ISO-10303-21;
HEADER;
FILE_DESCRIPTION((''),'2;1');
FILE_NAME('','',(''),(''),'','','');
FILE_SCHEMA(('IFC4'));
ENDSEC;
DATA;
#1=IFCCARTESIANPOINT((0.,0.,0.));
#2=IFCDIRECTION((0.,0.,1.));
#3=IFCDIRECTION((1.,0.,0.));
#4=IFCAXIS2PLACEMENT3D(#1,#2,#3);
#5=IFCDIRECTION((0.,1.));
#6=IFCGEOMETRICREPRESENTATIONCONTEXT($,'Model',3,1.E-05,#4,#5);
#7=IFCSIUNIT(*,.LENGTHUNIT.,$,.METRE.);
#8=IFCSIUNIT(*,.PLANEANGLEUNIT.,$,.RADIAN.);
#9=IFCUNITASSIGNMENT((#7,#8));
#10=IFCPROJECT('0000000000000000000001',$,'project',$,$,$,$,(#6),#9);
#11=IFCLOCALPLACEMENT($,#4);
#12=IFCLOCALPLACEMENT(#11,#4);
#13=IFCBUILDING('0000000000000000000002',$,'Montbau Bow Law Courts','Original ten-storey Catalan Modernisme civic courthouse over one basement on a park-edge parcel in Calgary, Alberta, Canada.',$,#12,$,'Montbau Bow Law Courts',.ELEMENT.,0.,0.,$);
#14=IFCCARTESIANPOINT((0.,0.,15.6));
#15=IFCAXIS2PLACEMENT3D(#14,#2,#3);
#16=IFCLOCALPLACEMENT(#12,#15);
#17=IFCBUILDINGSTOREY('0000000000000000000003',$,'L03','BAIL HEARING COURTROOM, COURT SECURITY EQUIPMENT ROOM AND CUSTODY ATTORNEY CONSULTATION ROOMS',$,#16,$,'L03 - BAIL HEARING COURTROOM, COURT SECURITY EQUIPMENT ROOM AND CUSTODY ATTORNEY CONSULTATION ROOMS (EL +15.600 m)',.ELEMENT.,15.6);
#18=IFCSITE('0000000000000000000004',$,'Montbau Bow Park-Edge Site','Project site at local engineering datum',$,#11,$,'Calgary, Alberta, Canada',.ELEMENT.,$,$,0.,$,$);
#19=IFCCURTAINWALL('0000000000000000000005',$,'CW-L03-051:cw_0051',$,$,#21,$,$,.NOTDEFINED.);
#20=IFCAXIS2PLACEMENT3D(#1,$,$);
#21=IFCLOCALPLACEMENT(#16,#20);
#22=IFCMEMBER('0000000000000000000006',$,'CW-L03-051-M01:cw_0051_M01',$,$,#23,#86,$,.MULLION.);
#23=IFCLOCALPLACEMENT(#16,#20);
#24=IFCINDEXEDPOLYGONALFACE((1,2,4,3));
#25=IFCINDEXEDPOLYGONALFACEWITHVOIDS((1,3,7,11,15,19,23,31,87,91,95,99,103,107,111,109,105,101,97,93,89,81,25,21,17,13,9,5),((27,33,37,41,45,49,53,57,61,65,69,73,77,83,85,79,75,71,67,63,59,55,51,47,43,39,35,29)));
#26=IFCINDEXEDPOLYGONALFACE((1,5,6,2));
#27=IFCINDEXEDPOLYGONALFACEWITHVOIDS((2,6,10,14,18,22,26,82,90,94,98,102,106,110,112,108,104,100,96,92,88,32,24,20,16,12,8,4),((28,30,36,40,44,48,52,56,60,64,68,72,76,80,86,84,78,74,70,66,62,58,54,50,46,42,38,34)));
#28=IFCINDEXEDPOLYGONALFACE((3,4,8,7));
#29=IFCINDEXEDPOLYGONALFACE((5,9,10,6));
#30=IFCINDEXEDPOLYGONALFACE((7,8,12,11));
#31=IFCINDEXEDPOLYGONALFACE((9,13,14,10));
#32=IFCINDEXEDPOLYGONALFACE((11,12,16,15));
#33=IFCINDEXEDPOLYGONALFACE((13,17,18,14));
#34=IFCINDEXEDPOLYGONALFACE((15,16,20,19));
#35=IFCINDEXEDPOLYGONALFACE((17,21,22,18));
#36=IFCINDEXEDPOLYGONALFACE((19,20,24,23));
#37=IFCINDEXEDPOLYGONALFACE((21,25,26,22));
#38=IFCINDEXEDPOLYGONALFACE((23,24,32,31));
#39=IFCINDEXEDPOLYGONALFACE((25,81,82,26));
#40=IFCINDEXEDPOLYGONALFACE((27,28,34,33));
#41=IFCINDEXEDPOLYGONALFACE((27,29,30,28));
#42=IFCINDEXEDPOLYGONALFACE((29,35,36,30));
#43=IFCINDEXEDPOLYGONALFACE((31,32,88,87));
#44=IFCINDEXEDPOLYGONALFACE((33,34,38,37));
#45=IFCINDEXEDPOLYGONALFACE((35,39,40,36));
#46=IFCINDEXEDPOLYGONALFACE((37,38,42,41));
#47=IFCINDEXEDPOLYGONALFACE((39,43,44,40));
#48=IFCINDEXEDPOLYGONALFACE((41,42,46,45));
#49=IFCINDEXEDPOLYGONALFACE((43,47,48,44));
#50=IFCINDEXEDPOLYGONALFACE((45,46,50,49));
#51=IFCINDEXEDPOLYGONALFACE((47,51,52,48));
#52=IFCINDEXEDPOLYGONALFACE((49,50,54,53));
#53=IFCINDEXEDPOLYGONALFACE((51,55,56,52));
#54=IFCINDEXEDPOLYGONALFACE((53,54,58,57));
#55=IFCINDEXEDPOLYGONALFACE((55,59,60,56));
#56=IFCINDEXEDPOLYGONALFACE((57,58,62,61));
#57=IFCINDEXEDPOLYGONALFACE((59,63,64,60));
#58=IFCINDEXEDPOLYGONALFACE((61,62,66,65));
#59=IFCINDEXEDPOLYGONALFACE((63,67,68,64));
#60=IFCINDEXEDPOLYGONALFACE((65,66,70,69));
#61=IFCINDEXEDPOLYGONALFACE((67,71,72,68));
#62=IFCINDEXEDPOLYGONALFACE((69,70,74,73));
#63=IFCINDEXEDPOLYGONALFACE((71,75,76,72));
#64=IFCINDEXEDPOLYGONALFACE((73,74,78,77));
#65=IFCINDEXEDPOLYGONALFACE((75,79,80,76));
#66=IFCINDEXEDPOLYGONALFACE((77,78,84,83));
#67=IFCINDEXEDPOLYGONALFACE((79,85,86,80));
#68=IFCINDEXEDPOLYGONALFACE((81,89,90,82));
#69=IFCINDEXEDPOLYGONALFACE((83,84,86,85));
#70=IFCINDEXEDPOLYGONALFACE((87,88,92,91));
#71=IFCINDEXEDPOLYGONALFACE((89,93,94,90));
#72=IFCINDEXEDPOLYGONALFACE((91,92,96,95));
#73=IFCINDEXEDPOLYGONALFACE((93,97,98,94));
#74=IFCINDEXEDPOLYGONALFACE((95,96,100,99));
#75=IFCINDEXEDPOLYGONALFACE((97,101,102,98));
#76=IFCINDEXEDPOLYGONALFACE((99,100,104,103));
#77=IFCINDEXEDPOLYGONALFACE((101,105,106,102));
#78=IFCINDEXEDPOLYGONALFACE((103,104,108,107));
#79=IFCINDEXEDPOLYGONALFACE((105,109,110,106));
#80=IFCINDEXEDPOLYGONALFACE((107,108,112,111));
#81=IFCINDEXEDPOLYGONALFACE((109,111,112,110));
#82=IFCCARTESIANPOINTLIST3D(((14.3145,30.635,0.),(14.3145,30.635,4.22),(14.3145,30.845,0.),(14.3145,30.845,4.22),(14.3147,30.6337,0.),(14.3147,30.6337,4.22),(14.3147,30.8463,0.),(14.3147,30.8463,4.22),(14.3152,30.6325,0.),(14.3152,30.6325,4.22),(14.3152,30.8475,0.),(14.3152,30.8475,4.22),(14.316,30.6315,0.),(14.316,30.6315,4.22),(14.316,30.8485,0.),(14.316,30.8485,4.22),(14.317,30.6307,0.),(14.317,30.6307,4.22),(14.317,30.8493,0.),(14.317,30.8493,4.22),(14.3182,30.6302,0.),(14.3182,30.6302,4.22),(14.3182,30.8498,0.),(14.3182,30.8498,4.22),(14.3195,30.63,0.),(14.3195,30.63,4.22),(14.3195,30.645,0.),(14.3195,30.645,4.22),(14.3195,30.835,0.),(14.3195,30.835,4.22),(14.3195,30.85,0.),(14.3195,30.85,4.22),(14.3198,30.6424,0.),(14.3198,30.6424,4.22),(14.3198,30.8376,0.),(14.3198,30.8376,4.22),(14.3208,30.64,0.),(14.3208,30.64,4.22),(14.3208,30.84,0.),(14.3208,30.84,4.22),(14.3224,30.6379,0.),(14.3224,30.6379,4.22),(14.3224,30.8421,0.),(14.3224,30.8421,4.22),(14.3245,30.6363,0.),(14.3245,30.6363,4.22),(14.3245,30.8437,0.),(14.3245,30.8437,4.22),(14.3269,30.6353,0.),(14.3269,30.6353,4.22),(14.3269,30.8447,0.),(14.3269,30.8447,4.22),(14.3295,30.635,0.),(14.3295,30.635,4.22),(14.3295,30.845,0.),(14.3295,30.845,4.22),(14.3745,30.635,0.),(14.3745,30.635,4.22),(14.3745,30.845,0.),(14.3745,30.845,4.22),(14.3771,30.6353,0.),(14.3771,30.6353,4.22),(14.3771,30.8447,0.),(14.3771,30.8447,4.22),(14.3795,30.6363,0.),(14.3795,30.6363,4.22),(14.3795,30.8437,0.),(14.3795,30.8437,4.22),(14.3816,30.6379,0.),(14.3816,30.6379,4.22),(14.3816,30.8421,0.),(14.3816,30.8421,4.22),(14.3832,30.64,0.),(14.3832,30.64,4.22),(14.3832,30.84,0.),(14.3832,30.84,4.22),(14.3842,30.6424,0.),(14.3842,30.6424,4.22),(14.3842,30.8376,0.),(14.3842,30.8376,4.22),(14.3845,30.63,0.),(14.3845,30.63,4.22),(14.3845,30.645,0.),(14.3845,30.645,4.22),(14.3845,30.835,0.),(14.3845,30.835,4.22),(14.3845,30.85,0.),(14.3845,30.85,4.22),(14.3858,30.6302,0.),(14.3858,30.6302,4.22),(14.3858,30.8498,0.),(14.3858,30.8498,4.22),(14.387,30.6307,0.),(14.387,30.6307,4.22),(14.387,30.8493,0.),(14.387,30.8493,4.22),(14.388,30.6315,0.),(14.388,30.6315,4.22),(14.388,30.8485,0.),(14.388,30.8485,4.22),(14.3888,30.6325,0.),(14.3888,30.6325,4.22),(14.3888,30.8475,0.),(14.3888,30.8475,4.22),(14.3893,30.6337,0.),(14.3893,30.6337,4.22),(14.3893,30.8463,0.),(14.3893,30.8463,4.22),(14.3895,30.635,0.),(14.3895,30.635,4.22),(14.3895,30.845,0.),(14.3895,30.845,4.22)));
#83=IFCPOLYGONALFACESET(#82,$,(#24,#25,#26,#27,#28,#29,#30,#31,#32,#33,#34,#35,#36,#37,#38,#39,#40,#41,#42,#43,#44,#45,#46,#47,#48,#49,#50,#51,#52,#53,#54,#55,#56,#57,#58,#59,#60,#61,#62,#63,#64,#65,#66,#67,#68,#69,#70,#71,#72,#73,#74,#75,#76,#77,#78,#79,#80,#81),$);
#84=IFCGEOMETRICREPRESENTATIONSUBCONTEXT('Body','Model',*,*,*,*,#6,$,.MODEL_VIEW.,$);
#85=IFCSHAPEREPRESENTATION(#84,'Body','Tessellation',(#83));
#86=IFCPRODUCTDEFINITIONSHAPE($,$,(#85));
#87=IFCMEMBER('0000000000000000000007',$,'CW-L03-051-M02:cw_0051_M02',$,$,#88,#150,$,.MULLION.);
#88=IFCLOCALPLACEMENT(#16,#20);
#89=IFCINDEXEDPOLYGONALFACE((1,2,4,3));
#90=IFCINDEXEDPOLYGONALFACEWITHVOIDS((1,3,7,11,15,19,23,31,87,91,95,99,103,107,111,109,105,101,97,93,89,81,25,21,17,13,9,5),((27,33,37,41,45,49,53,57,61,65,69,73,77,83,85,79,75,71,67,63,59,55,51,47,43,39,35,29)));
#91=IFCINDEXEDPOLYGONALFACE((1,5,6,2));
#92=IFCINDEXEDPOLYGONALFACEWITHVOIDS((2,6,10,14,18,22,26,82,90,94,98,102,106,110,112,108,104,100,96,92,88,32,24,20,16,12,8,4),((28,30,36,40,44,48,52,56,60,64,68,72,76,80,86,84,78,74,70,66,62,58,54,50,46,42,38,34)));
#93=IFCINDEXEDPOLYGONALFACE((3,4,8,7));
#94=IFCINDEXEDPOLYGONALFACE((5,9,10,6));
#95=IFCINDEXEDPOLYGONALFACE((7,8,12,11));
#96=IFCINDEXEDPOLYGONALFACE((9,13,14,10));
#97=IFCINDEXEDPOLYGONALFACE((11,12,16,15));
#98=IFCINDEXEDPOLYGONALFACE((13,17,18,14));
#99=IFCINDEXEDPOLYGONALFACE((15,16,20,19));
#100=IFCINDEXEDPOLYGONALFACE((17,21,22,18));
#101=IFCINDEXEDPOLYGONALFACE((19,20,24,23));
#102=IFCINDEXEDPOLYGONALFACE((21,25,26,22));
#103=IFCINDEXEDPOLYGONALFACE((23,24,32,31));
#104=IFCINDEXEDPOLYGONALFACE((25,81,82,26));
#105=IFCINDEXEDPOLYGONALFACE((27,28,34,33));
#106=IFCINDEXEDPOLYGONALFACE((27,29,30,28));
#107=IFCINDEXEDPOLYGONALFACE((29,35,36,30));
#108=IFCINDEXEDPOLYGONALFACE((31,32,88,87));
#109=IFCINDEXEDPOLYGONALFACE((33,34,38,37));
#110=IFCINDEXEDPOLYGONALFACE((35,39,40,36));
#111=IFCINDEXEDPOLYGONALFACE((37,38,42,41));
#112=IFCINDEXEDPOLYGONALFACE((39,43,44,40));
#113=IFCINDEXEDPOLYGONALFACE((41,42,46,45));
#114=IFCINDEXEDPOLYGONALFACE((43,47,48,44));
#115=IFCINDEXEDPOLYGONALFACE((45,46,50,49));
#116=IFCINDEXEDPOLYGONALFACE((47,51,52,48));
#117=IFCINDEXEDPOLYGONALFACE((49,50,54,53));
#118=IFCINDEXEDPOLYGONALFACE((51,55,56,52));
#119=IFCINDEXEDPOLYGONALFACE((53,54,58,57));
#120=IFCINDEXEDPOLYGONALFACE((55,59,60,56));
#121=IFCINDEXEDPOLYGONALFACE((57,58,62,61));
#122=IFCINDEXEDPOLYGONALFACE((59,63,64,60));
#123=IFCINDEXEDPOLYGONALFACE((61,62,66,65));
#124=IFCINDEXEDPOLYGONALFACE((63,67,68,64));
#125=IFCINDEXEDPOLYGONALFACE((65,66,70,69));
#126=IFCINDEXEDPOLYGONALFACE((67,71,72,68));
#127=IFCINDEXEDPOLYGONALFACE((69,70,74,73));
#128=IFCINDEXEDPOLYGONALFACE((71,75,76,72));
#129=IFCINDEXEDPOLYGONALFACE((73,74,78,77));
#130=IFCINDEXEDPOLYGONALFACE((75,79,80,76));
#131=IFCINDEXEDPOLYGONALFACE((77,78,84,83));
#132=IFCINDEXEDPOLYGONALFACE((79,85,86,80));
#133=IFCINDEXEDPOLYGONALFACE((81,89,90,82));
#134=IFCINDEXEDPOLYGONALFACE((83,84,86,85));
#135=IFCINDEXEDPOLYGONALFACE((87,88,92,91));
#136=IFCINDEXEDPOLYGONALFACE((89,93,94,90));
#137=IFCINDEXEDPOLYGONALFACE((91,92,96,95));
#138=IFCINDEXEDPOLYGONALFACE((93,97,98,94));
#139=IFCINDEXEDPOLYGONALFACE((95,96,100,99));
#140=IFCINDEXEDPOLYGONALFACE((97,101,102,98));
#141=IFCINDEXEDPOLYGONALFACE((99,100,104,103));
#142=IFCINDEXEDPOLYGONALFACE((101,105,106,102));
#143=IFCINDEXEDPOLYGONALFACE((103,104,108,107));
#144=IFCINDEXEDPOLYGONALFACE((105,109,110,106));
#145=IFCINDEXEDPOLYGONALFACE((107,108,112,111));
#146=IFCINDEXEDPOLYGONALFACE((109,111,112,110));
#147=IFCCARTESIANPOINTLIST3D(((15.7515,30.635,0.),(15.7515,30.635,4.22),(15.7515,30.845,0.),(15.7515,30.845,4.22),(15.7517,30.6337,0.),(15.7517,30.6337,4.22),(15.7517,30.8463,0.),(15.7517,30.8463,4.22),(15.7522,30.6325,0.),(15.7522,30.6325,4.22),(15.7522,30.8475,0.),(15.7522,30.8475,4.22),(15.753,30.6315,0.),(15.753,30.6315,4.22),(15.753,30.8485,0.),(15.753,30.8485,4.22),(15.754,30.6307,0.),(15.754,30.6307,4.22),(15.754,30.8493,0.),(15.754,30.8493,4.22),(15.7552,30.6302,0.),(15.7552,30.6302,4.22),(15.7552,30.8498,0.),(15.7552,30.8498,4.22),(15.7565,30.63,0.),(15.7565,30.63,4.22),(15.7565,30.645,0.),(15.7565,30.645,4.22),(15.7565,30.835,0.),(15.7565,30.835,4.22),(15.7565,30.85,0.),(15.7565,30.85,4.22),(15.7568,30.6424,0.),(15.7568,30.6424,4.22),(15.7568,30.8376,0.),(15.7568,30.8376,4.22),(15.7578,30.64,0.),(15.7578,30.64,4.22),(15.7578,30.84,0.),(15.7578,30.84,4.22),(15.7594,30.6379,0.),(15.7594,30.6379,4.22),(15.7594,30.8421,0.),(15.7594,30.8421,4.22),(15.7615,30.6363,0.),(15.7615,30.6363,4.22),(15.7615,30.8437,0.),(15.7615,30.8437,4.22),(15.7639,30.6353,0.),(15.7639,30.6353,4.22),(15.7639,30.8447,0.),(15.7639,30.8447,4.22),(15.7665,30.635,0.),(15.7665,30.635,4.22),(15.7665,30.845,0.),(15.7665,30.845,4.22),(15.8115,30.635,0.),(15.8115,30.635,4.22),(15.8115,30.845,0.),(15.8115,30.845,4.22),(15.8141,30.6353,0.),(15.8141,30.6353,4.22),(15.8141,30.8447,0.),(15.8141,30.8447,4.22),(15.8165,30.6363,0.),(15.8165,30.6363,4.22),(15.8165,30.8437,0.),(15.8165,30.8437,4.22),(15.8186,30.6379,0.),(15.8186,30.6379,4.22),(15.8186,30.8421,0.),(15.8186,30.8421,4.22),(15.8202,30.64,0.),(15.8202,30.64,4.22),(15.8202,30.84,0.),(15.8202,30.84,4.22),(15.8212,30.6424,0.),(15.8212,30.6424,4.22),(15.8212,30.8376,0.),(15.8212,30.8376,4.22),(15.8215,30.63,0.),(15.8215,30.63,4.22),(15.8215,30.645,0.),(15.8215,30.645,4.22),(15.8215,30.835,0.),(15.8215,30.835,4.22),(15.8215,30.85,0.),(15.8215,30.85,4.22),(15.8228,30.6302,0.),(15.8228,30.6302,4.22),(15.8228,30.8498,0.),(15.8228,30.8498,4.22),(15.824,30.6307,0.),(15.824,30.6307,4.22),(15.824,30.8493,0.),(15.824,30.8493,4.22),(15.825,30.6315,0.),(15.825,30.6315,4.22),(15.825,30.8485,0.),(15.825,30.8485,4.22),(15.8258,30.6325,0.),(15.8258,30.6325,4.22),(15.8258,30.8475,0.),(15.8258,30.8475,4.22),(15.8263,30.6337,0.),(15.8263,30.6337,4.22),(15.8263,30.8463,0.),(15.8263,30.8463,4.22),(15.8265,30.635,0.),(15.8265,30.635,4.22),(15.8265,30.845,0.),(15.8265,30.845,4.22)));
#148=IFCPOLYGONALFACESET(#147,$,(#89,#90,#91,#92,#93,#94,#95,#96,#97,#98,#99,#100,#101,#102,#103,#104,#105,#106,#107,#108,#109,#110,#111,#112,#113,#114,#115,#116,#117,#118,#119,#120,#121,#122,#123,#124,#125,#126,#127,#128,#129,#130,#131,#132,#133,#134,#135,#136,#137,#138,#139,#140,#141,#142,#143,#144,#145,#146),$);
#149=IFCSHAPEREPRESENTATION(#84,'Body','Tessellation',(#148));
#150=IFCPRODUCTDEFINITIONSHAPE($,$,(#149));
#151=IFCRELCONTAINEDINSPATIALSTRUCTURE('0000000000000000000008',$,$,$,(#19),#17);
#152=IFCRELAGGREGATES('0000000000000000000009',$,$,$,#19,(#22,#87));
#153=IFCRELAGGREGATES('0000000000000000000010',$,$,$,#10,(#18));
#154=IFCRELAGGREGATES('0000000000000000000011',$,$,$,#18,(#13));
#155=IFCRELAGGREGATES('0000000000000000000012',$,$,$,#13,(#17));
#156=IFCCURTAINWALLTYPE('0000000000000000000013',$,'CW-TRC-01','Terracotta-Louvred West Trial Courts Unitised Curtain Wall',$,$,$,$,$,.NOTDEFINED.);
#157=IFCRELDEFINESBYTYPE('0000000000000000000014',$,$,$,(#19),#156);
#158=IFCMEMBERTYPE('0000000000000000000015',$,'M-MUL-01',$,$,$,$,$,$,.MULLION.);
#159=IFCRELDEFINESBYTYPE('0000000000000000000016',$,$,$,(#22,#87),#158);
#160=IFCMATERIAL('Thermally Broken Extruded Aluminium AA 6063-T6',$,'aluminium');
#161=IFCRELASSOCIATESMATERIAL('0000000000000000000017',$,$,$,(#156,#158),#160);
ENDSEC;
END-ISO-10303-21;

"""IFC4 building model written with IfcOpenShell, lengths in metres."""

from ifc_helpers import new_model, si_unit, direction, frame, origin_with_axes, origin_2d_with_axis, place, context, subcontext, project, spatial, hollow_rectangle, extrude, material, material_profile, profile_set, type_object, element, aggregate, save


model = new_model("IFC4")

# Units and contexts
model_context = context("Model", 3, precision=1e-05, world=origin_with_axes(), true_north=direction((0.0, 1.0)))
body_context = subcontext(model_context, "Body", "Model", "MODEL_VIEW")
ifc_project = project(units=[si_unit("LENGTHUNIT", "METRE"), si_unit("PLANEANGLEUNIT", "RADIAN")], contexts=[model_context])

# Site, building, storey
site_placement = place(None, origin_with_axes())
site = spatial("IfcSite", under=ifc_project, at=site_placement, Name="Montbau Bow Park-Edge Site", Description="Project site at local engineering datum", LongName="Calgary, Alberta, Canada", CompositionType="ELEMENT", RefElevation=0.0)
building_placement = place(site_placement, origin_with_axes())
building = spatial("IfcBuilding", under=site, at=building_placement, Name="Montbau Bow Law Courts", Description="Original ten-storey Catalan Modernisme civic courthouse over one basement on a park-edge parcel in Calgary, Alberta, Canada.", LongName="Montbau Bow Law Courts", CompositionType="ELEMENT", ElevationOfRefHeight=0.0, ElevationOfTerrain=0.0)
storey_placement = place(building_placement, frame((0.0, 0.0, 15.6), z_axis=(0.0, 0.0, 1.0), x_axis=(1.0, 0.0, 0.0)))
storey = spatial("IfcBuildingStorey", under=building, at=storey_placement, Name="L03", Description="BAIL HEARING COURTROOM, COURT SECURITY EQUIPMENT ROOM AND CUSTODY ATTORNEY CONSULTATION ROOMS", LongName="L03 - BAIL HEARING COURTROOM, COURT SECURITY EQUIPMENT ROOM AND CUSTODY ATTORNEY CONSULTATION ROOMS (EL +15.600 m)", CompositionType="ELEMENT", Elevation=15.6)

# Curtain wall, members
ifc_material_1 = material(Name="Thermally Broken Extruded Aluminium AA 6063-T6", Category="aluminium")
curtain_wall_type = type_object("IfcCurtainWallType", Name="CW-TRC-01", Description="Terracotta-Louvred West Trial Courts Unitised Curtain Wall", PredefinedType="NOTDEFINED", material=ifc_material_1)
curtain_wall_1_placement = place(None, frame((14.315, 30.74, 15.6), z_axis=(0.0, 0.0, 1.0), x_axis=(1.0, 0.0, 0.0)))
curtain_wall_1 = element("IfcCurtainWall", 1, at=curtain_wall_1_placement, inside=storey, type_object=curtain_wall_type, Name="CW-L03-051:cw_0051", PredefinedType="NOTDEFINED")
ifc_material_profile_1 = material_profile(ifc_material_1, hollow_rectangle(XDim=0.075, YDim=0.22, WallThickness=0.005, InnerFilletRadius=0.01, OuterFilletRadius=0.005, at=origin_2d_with_axis()), Name="CWM-220X75", Category="Main", Priority=0)
ifc_profile_set_1 = profile_set([ifc_material_profile_1], Name="Thermally Broken Extruded Aluminium AA 6063-T6")
member_type_1 = type_object("IfcMemberType", Name="M-MUL-01", PredefinedType="MULLION", material=ifc_profile_set_1)
member_1_placement = place(None, frame((14.352, 30.74, 15.6), z_axis=(0.0, 0.0, 1.0), x_axis=(1.0, 0.0, 0.0)))
member_1 = element("IfcMember", 2, at=member_1_placement, type_object=member_type_1, Name="CW-L03-051-M01:cw_0051_M01", PredefinedType="MULLION", context=body_context, shape_type="SweptSolid", body=[
    extrude(hollow_rectangle(XDim=0.075, YDim=0.22, WallThickness=0.005, InnerFilletRadius=0.01, OuterFilletRadius=0.005, at=origin_2d_with_axis()), origin_with_axes(), (0.0, 0.0, 1.0), 4.22),
])
member_2_placement = place(None, frame((15.789, 30.74, 15.6), z_axis=(0.0, 0.0, 1.0), x_axis=(1.0, 0.0, 0.0)))
member_2 = element("IfcMember", 3, at=member_2_placement, type_object=member_type_1, Name="CW-L03-051-M02:cw_0051_M02", PredefinedType="MULLION", context=body_context, shape_type="SweptSolid", body=[
    extrude(hollow_rectangle(XDim=0.075, YDim=0.22, WallThickness=0.005, InnerFilletRadius=0.01, OuterFilletRadius=0.005, at=origin_2d_with_axis()), origin_with_axes(), (0.0, 0.0, 1.0), 4.22),
])

aggregate(curtain_wall_1, [member_1, member_2])

save(model, "model.ifc")
